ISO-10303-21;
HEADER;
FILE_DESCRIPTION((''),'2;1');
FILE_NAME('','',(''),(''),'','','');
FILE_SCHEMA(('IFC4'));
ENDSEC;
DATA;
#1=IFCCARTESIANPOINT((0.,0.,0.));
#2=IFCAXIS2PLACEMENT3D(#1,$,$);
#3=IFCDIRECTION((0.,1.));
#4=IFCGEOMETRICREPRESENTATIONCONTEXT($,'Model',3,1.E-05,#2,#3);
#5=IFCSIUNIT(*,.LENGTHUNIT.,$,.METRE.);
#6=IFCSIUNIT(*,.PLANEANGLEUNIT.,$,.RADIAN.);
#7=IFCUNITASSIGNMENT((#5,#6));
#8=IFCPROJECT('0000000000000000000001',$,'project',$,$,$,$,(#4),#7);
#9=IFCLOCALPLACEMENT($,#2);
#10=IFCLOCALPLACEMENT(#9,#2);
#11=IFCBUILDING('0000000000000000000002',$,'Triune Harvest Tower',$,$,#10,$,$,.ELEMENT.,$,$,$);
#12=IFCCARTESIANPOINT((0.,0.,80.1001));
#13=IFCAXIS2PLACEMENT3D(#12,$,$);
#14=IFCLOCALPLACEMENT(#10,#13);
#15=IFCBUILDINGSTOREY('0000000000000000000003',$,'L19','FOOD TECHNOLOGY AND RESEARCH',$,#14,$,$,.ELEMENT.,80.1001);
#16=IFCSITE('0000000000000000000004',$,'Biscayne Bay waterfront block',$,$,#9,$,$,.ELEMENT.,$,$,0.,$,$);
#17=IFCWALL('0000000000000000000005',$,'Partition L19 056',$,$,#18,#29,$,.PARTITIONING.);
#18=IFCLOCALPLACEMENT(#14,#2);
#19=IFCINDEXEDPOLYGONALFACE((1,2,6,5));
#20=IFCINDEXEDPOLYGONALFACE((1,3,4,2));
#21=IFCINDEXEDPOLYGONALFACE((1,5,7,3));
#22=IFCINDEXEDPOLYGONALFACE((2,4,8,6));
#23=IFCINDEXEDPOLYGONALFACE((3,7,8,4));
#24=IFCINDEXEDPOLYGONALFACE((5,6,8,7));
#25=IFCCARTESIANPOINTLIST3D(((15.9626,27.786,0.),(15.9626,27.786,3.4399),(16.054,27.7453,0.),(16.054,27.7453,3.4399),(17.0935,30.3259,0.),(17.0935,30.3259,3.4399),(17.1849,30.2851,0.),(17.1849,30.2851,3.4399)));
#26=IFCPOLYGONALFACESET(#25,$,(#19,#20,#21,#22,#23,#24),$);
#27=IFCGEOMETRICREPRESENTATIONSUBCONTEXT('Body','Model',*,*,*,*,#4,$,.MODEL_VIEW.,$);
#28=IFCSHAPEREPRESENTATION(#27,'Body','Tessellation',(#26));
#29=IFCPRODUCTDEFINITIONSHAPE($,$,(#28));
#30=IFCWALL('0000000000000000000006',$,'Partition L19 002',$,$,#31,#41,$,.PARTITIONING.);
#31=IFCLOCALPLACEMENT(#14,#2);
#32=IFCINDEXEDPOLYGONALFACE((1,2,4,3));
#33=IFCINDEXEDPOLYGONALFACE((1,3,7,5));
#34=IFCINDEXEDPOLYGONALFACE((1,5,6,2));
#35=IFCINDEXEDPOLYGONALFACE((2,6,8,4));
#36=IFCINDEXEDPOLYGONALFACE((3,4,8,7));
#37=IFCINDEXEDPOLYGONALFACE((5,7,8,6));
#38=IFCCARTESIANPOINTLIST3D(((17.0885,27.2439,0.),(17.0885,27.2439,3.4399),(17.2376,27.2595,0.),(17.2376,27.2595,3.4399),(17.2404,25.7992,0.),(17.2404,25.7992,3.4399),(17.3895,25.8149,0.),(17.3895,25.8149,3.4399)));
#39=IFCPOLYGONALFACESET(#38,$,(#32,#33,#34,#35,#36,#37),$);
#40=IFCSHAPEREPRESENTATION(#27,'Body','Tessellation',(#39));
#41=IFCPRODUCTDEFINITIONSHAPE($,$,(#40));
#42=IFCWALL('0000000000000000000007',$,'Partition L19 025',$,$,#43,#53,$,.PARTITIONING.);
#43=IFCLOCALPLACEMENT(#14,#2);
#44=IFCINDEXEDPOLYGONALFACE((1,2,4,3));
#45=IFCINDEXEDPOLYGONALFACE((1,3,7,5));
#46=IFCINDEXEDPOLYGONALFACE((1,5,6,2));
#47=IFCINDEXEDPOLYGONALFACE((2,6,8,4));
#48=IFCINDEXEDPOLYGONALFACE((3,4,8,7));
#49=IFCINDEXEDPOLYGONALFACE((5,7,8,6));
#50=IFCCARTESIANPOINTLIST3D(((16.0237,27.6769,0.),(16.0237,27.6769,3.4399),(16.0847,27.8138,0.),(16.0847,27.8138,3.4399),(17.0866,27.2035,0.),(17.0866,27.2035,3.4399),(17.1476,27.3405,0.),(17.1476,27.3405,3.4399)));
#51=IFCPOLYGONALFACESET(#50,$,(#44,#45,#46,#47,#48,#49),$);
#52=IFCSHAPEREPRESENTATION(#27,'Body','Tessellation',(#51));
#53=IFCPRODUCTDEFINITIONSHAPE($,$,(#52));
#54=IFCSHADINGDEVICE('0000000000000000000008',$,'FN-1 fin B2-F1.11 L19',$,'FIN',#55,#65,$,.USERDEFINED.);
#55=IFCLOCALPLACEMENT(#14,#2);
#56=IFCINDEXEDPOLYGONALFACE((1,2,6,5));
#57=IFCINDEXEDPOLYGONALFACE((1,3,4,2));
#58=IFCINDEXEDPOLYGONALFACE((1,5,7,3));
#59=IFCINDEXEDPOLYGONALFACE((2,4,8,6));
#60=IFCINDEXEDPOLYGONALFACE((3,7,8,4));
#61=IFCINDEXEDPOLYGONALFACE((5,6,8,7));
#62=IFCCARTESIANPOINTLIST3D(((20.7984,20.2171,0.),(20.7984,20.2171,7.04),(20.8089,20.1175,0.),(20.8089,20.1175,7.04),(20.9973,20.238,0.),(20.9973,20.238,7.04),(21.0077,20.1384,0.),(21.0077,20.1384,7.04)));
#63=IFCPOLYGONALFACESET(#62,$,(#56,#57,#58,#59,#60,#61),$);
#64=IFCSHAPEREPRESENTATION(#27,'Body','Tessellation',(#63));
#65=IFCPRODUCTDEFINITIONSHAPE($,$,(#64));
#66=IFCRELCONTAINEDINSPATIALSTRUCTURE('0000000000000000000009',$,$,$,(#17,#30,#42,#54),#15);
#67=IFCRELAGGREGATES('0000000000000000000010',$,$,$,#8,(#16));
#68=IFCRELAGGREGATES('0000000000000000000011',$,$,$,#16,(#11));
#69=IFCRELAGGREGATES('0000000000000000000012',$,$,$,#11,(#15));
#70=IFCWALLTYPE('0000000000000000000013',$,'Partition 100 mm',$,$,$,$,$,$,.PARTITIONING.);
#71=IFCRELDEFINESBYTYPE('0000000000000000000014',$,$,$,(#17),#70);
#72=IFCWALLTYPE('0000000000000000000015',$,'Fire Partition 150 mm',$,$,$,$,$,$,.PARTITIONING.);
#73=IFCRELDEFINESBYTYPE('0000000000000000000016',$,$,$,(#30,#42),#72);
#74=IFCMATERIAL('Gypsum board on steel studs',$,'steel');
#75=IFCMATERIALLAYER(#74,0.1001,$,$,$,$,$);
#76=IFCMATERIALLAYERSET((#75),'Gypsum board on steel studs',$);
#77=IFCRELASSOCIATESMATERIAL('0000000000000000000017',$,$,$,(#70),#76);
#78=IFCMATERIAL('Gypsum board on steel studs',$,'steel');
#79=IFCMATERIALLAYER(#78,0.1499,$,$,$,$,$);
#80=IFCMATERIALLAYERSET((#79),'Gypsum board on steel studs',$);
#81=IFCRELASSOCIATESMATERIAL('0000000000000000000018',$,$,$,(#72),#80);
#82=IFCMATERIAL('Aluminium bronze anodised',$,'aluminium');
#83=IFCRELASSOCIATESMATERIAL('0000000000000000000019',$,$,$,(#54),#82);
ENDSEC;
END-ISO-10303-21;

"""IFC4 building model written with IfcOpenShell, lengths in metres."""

from ifc_helpers import new_model, si_unit, direction, frame, frame_2d, origin, origin_2d, place, context, subcontext, project, spatial, rectangle, extrude, source, transform, mapped, material, layer, layer_set, type_object, element, save


model = new_model("IFC4")

# Units and contexts
model_context = context("Model", 3, precision=1e-05, world=origin(), true_north=direction((0.0, 1.0)))
body_context = subcontext(model_context, "Body", "Model", "MODEL_VIEW")
ifc_project = project(units=[si_unit("LENGTHUNIT", "METRE"), si_unit("PLANEANGLEUNIT", "RADIAN")], contexts=[model_context])

# Site, building, storey
site_placement = place(None, origin())
site = spatial("IfcSite", under=ifc_project, at=site_placement, Name="Biscayne Bay waterfront block", CompositionType="ELEMENT", RefElevation=0.0)
building_placement = place(site_placement, origin())
building = spatial("IfcBuilding", under=site, at=building_placement, Name="Triune Harvest Tower", CompositionType="ELEMENT")
storey_placement = place(building_placement, frame((0.0, 0.0, 80.1001)))
storey = spatial("IfcBuildingStorey", under=building, at=storey_placement, Name="L19", Description="FOOD TECHNOLOGY AND RESEARCH", CompositionType="ELEMENT", Elevation=80.1001)

# Walls
ifc_material_1 = material(Name="Gypsum board on steel studs", Category="steel")
ifc_layer_1 = layer(ifc_material_1, 0.1001)
ifc_layer_set_1 = layer_set([ifc_layer_1], Name="Gypsum board on steel studs")
wall_type_1 = type_object("IfcWallType", Name="Partition 100 mm", PredefinedType="PARTITIONING", material=ifc_layer_set_1)
shared_shape_1 = source(origin(), body_context, "Body", "SweptSolid", [
    extrude(rectangle(XDim=2.7803, YDim=0.1001, at=frame_2d((1.3901, 0.0))), origin(), (0.0, 0.0, 1.0), 3.4399),
])
wall_1_placement = place(storey_placement, frame((16.0083, 27.7656, 0.0), z_axis=(0.0, 0.0, 1.0), x_axis=(0.406758, 0.913536, 0.0)))
element("IfcWall", 1, at=wall_1_placement, inside=storey, type_object=wall_type_1, Name="Partition L19 056", PredefinedType="PARTITIONING", context=body_context, shape_type="MappedRepresentation", body=[
    mapped(shared_shape_1, transform((0.0, 0.0, 0.0), scale=1.0)),
])
ifc_material_2 = material(Name="Gypsum board on steel studs", Category="steel")
ifc_layer_2 = layer(ifc_material_2, 0.1499)
ifc_layer_set_2 = layer_set([ifc_layer_2], Name="Gypsum board on steel studs")
wall_type_2 = type_object("IfcWallType", Name="Fire Partition 150 mm", PredefinedType="PARTITIONING", material=ifc_layer_set_2)
shared_shape_2 = source(origin(), body_context, "Body", "SweptSolid", [
    extrude(rectangle(XDim=1.4526, YDim=0.1499, at=frame_2d((0.7263, 0.0))), origin(), (0.0, 0.0, 1.0), 3.4399),
])
wall_2_placement = place(storey_placement, frame((17.1631, 27.2517, 0.0), z_axis=(0.0, 0.0, 1.0), x_axis=(0.104545, -0.99452, 0.0)))
element("IfcWall", 2, at=wall_2_placement, inside=storey, type_object=wall_type_2, Name="Partition L19 002", PredefinedType="PARTITIONING", context=body_context, shape_type="MappedRepresentation", body=[
    mapped(shared_shape_2, transform((0.0, 0.0, 0.0), scale=1.0)),
])
shared_shape_3 = source(origin(), body_context, "Body", "SweptSolid", [
    extrude(rectangle(XDim=1.1636, YDim=0.1499, at=frame_2d((0.5818, 0.0))), origin(), (0.0, 0.0, 1.0), 3.4399),
])
wall_3_placement = place(storey_placement, frame((16.0542, 27.7454, 0.0), z_axis=(0.0, 0.0, 1.0), x_axis=(0.913508, -0.40682, 0.0)))
element("IfcWall", 3, at=wall_3_placement, inside=storey, type_object=wall_type_2, Name="Partition L19 025", PredefinedType="PARTITIONING", context=body_context, shape_type="MappedRepresentation", body=[
    mapped(shared_shape_3, transform((0.0, 0.0, 0.0), scale=1.0)),
])

# Shading device
ifc_material_3 = material(Name="Aluminium bronze anodised", Category="aluminium")
shared_shape_4 = source(origin(), body_context, "Body", "SweptSolid", [
    extrude(rectangle(XDim=0.1001, YDim=0.2, at=origin_2d()), origin(), (0.0, 0.0, 1.0), 7.04),
])
shading_device_placement = place(storey_placement, frame((20.9031, 20.1777, 0.0), z_axis=(0.0, 0.0, 1.0), x_axis=(-0.104528, 0.994522, 0.0)))
element("IfcShadingDevice", 4, at=shading_device_placement, inside=storey, material=ifc_material_3, Name="FN-1 fin B2-F1.11 L19", ObjectType="FIN", PredefinedType="USERDEFINED", context=body_context, shape_type="MappedRepresentation", body=[
    mapped(shared_shape_4, transform((0.0, 0.0, 0.0), scale=1.0)),
])

save(model, "model.ifc")
